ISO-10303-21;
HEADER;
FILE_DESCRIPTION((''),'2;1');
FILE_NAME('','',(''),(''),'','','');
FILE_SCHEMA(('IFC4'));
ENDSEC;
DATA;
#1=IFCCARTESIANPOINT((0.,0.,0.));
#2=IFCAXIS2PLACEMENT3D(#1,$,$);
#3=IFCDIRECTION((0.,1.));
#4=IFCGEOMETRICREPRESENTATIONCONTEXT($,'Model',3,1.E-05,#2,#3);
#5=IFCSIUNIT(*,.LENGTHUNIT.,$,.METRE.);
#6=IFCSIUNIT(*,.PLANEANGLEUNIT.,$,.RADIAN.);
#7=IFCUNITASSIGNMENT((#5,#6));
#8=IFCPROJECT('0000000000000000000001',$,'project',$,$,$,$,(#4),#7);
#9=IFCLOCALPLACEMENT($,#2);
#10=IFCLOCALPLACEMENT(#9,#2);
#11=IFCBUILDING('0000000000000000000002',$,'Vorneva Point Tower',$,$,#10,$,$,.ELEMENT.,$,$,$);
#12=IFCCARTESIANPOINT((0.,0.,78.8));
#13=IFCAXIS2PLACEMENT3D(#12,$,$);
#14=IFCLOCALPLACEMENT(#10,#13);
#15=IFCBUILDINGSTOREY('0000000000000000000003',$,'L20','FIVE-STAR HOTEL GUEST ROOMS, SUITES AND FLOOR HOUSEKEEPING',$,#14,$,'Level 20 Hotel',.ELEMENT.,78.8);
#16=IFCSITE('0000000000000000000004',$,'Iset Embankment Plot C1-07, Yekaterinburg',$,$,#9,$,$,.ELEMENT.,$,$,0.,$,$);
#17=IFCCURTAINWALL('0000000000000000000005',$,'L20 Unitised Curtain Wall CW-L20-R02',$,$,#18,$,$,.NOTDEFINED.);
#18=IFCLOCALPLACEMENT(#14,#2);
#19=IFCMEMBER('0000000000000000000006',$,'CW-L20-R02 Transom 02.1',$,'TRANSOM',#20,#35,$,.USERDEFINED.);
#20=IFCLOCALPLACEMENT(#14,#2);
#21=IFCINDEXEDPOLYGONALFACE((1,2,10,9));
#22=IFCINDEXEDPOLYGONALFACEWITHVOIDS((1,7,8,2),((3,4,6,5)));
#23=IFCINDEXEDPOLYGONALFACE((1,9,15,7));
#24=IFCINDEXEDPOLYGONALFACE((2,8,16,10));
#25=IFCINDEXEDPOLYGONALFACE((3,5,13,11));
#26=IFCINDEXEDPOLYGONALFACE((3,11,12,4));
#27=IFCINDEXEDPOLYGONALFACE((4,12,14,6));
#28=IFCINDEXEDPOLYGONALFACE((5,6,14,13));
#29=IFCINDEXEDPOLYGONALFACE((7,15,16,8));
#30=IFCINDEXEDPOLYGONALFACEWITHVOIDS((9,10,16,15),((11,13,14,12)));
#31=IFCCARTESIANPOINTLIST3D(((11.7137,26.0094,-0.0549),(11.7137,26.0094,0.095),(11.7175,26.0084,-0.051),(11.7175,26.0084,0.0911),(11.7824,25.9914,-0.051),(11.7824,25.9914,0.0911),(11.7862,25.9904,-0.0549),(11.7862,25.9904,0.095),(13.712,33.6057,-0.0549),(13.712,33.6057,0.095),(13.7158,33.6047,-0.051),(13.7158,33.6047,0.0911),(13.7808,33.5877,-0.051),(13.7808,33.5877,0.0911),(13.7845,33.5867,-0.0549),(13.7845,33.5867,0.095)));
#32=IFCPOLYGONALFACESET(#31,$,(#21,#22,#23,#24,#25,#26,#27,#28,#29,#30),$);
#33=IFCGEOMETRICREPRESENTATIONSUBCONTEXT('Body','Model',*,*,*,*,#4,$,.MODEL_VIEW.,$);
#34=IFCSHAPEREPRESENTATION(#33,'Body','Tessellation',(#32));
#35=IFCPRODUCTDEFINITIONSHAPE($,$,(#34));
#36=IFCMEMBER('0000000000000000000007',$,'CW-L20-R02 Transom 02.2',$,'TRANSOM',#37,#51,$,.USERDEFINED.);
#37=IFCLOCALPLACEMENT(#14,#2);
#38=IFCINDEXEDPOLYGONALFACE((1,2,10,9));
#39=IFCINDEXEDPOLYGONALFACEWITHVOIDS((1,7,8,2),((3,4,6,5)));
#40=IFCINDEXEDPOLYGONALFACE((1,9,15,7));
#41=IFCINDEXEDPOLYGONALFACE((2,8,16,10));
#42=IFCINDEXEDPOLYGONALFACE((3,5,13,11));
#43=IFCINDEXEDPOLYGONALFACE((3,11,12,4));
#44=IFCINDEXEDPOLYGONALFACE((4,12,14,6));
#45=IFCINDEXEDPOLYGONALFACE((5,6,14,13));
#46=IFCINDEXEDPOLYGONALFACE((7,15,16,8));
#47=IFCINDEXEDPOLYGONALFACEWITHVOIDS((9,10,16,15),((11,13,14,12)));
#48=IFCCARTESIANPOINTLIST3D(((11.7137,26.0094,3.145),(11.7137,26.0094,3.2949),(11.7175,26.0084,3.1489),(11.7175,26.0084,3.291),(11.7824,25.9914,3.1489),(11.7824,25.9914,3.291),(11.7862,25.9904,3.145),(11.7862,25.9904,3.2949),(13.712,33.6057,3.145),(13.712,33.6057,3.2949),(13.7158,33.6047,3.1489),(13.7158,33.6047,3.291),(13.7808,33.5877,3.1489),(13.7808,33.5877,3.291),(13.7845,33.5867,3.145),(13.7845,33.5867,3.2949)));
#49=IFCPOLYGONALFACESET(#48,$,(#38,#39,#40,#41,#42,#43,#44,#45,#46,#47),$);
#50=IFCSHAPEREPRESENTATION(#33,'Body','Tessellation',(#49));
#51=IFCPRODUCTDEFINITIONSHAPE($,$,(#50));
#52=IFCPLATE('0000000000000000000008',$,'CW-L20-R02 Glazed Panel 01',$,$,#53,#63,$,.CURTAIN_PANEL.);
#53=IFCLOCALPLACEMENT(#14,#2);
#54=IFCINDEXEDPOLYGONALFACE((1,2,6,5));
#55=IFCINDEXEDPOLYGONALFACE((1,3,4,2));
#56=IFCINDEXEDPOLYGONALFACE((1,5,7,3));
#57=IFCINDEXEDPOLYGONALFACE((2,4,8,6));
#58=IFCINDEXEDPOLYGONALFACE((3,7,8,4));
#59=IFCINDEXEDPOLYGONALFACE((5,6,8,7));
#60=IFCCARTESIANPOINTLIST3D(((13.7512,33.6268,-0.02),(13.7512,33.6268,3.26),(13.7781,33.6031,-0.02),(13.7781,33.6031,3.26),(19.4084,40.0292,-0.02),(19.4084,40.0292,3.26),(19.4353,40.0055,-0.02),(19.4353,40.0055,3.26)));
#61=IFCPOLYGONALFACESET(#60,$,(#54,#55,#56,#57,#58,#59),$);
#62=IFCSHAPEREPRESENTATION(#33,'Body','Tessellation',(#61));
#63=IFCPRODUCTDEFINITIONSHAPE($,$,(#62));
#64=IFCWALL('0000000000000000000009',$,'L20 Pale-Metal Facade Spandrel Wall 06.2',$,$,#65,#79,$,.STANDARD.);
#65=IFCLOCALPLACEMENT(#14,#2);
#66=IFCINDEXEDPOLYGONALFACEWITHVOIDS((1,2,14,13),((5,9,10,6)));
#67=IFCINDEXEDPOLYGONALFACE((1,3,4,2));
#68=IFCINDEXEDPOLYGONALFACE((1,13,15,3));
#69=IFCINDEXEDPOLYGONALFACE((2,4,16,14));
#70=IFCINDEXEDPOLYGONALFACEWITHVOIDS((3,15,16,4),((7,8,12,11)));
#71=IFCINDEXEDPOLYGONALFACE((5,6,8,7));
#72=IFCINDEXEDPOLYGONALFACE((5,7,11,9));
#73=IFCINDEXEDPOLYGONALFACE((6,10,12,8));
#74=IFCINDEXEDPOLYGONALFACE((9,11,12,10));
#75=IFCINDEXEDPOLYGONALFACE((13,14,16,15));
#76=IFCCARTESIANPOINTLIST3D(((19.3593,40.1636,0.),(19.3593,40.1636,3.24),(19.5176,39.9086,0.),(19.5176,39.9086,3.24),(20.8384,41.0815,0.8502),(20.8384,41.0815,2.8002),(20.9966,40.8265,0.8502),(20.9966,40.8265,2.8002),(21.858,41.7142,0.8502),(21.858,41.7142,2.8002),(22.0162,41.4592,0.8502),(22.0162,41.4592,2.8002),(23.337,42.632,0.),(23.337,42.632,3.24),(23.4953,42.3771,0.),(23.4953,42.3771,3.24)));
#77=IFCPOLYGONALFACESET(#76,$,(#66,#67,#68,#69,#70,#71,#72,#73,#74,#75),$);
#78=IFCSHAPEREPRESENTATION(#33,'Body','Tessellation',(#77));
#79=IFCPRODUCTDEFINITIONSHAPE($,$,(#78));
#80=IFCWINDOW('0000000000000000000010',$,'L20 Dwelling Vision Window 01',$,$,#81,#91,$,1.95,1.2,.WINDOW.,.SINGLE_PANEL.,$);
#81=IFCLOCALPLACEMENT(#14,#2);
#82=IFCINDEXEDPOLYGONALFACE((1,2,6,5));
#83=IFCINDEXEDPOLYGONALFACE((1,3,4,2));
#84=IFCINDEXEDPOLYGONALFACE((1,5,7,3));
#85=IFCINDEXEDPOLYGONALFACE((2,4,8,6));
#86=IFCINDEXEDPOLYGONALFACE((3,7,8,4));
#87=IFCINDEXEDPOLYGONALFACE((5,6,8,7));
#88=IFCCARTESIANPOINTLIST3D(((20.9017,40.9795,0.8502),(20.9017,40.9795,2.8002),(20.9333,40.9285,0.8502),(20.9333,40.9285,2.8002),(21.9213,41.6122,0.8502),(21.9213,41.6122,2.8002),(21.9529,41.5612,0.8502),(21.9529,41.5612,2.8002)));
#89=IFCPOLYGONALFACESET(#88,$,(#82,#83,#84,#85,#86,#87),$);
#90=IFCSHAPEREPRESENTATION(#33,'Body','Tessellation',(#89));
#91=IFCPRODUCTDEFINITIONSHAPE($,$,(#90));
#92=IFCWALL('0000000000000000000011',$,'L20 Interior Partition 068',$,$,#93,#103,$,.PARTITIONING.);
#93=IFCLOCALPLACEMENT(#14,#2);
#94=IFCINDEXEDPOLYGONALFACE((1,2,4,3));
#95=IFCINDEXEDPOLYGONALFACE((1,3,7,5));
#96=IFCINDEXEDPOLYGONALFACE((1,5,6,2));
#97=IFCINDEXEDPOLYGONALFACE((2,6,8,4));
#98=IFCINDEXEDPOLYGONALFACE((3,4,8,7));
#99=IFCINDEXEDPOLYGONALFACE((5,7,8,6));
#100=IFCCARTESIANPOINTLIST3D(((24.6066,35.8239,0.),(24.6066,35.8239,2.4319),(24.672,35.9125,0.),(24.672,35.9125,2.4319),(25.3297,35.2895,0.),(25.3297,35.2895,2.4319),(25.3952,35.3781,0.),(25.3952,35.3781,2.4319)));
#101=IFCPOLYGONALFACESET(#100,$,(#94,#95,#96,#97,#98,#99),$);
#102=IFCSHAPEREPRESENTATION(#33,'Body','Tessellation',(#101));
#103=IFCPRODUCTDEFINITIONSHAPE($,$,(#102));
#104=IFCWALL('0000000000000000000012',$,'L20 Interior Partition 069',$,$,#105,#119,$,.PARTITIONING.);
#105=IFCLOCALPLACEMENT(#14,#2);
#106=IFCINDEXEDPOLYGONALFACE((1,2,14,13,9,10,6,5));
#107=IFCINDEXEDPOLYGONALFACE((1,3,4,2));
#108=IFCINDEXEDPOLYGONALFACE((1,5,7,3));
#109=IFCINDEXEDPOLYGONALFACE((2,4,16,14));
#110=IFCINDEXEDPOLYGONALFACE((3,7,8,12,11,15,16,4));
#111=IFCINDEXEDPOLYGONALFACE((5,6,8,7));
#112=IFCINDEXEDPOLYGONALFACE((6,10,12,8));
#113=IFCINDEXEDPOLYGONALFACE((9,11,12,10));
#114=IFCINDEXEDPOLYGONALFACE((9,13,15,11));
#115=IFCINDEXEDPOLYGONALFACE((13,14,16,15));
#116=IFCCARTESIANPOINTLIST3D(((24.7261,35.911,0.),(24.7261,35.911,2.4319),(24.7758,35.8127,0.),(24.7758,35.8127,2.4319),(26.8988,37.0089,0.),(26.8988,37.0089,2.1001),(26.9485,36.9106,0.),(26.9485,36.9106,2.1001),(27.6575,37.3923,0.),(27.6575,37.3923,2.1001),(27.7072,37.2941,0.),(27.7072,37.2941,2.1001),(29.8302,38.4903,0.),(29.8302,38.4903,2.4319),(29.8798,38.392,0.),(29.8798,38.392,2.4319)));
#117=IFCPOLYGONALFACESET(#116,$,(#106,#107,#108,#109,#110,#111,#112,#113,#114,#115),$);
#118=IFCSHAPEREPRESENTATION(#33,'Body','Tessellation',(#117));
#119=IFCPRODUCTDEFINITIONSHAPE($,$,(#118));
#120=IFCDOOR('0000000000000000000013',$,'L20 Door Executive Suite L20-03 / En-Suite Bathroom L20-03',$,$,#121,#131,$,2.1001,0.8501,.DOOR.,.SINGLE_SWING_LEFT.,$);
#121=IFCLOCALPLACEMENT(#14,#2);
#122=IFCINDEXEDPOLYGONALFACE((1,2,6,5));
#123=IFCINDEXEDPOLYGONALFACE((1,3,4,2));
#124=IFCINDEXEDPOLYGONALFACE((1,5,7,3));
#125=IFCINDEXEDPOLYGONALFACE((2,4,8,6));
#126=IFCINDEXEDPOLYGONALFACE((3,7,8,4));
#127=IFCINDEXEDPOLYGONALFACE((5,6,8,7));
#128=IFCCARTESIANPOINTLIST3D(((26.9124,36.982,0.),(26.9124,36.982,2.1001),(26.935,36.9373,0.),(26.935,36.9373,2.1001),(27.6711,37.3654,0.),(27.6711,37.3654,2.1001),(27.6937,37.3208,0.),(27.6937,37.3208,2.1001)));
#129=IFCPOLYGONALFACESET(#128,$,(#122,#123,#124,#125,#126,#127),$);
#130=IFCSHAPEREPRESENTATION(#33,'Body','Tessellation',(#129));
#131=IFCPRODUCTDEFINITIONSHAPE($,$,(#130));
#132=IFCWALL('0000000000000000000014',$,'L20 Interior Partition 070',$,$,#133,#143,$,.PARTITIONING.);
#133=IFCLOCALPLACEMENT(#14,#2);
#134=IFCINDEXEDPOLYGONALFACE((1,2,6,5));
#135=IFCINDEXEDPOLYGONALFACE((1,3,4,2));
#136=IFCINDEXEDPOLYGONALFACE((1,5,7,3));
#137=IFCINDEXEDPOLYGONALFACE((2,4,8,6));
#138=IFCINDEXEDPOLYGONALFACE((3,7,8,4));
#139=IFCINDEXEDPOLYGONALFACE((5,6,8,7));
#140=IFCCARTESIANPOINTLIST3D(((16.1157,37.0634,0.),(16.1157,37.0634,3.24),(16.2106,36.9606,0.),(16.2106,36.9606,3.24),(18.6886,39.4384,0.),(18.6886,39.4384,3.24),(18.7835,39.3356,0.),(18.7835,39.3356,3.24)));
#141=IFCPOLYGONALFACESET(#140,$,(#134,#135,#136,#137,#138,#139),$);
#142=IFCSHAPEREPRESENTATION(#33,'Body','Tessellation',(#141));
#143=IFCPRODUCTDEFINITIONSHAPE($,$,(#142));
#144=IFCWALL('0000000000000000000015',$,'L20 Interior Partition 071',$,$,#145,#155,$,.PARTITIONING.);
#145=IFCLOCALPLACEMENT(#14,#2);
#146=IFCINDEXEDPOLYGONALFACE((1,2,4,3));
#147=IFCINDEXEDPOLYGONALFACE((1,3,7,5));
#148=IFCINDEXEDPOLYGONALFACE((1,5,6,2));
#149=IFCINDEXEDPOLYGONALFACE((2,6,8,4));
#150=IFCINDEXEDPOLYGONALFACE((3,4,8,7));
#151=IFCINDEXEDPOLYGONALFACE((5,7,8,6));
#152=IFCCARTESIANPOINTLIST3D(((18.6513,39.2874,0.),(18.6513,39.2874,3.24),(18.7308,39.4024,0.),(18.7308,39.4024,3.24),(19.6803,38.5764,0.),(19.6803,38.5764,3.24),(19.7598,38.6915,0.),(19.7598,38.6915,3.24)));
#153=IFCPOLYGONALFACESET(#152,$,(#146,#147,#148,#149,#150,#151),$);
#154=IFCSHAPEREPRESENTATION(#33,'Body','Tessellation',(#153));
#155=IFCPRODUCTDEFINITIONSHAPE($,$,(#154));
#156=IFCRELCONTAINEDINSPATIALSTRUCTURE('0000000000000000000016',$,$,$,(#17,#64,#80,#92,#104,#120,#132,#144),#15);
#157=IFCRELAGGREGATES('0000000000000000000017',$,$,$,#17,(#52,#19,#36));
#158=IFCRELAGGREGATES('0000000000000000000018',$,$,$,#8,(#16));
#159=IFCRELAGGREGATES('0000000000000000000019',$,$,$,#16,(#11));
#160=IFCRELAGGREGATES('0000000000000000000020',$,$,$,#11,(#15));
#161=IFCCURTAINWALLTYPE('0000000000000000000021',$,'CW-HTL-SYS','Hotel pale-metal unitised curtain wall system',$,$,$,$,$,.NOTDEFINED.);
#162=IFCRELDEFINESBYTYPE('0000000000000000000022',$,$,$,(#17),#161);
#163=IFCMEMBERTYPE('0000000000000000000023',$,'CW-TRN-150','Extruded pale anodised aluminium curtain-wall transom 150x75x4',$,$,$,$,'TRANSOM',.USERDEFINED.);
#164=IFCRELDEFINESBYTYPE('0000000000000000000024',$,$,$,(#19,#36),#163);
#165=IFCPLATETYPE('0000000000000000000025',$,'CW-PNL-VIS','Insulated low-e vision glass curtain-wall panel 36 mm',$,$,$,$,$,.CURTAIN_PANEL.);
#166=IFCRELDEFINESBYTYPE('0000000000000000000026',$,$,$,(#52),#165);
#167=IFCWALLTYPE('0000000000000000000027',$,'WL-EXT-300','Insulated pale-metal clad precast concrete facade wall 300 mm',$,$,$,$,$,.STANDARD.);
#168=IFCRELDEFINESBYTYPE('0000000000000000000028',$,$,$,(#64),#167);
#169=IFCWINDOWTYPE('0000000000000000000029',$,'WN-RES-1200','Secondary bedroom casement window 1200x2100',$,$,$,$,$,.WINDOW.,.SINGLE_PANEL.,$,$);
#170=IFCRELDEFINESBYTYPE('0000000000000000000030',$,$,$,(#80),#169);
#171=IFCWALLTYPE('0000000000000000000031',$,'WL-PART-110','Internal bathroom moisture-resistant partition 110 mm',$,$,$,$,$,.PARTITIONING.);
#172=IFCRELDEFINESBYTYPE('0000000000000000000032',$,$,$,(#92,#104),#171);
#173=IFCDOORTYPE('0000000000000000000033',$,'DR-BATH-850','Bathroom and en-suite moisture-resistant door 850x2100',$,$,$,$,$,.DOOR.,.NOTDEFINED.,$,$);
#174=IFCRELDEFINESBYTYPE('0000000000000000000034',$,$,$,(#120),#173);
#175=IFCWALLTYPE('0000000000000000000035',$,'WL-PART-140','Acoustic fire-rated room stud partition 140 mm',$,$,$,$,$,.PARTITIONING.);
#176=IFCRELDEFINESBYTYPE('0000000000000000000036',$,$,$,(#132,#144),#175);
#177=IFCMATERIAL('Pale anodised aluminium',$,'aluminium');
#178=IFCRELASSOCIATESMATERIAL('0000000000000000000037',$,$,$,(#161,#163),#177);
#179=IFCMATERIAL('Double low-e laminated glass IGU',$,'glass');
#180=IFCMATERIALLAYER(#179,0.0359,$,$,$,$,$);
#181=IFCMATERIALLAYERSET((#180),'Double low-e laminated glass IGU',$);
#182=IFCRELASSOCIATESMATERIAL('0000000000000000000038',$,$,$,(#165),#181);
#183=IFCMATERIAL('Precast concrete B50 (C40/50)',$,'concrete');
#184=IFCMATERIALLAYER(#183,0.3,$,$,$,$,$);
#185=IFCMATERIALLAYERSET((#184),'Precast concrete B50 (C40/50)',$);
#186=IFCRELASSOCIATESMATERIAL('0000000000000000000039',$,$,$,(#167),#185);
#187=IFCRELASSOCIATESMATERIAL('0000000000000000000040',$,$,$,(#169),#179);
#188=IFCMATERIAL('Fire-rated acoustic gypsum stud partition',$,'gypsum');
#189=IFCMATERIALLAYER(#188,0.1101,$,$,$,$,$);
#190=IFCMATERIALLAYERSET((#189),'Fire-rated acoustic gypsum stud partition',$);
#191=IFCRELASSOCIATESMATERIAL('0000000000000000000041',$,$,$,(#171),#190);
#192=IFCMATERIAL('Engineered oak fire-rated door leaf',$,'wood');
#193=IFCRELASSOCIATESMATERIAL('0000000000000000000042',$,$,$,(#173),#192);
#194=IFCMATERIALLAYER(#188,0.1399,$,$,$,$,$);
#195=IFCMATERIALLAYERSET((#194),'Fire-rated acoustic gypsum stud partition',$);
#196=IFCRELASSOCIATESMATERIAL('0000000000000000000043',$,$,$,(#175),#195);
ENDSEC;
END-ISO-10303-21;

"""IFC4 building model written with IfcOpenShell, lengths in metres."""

from ifc_helpers import new_model, si_unit, direction, frame, frame_2d, origin, origin_2d, place, context, subcontext, project, spatial, rectangle, hollow_rectangle, extrude, material, layer, layer_set, material_profile, profile_set, type_object, element, fill, aggregate, save


model = new_model("IFC4")

# Units and contexts
model_context = context("Model", 3, precision=1e-05, world=origin(), true_north=direction((0.0, 1.0)))
body_context = subcontext(model_context, "Body", "Model", "MODEL_VIEW")
ifc_project = project(units=[si_unit("LENGTHUNIT", "METRE"), si_unit("PLANEANGLEUNIT", "RADIAN")], contexts=[model_context])

# Site, building, storey
site_placement = place(None, origin())
site = spatial("IfcSite", under=ifc_project, at=site_placement, Name="Iset Embankment Plot C1-07, Yekaterinburg", CompositionType="ELEMENT", RefElevation=0.0)
building_placement = place(site_placement, origin())
building = spatial("IfcBuilding", under=site, at=building_placement, Name="Vorneva Point Tower", CompositionType="ELEMENT")
storey_placement = place(building_placement, frame((0.0, 0.0, 78.8)))
storey = spatial("IfcBuildingStorey", under=building, at=storey_placement, Name="L20", Description="FIVE-STAR HOTEL GUEST ROOMS, SUITES AND FLOOR HOUSEKEEPING", LongName="Level 20 Hotel", CompositionType="ELEMENT", Elevation=78.8)

# Curtain wall, members, plate
ifc_material_1 = material(Name="Pale anodised aluminium", Category="aluminium")
curtain_wall_type = type_object("IfcCurtainWallType", Name="CW-HTL-SYS", Description="Hotel pale-metal unitised curtain wall system", PredefinedType="NOTDEFINED", material=ifc_material_1)
curtain_wall_placement = place(storey_placement, origin())
curtain_wall = element("IfcCurtainWall", 1, at=curtain_wall_placement, inside=storey, type_object=curtain_wall_type, Name="L20 Unitised Curtain Wall CW-L20-R02", PredefinedType="NOTDEFINED")
ifc_material_profile_1 = material_profile(ifc_material_1, hollow_rectangle(XDim=0.075, YDim=0.1499, WallThickness=0.0039, at=origin_2d()), Name="AL-TRN 150x75x4")
ifc_profile_set_1 = profile_set([ifc_material_profile_1], Name="Pale anodised aluminium")
member_type_1 = type_object("IfcMemberType", Name="CW-TRN-150", Description="Extruded pale anodised aluminium curtain-wall transom 150x75x4", ElementType="TRANSOM", PredefinedType="USERDEFINED", material=ifc_profile_set_1)
member_1_placement = place(storey_placement, frame((13.7483, 33.5962, 0.02), z_axis=(-0.254409, -0.967097, 0.0), x_axis=(0.967097, -0.254409, 0.0)))
member_1 = element("IfcMember", 2, at=member_1_placement, type_object=member_type_1, Name="CW-L20-R02 Transom 02.1", ObjectType="TRANSOM", PredefinedType="USERDEFINED", context=body_context, shape_type="SweptSolid", body=[
    extrude(hollow_rectangle(XDim=0.075, YDim=0.1499, WallThickness=0.0039, at=origin_2d()), origin(), (0.0, 0.0, 1.0), 7.8547),
])
member_2_placement = place(storey_placement, frame((13.7483, 33.5962, 3.22), z_axis=(-0.254409, -0.967097, 0.0), x_axis=(0.967097, -0.254409, 0.0)))
member_2 = element("IfcMember", 3, at=member_2_placement, type_object=member_type_1, Name="CW-L20-R02 Transom 02.2", ObjectType="TRANSOM", PredefinedType="USERDEFINED", context=body_context, shape_type="SweptSolid", body=[
    extrude(hollow_rectangle(XDim=0.075, YDim=0.1499, WallThickness=0.0039, at=origin_2d()), origin(), (0.0, 0.0, 1.0), 7.8547),
])
ifc_material_2 = material(Name="Double low-e laminated glass IGU", Category="glass")
ifc_layer_1 = layer(ifc_material_2, 0.0359)
ifc_layer_set_1 = layer_set([ifc_layer_1], Name="Double low-e laminated glass IGU")
plate_type = type_object("IfcPlateType", Name="CW-PNL-VIS", Description="Insulated low-e vision glass curtain-wall panel 36 mm", PredefinedType="CURTAIN_PANEL", material=ifc_layer_set_1)
plate_placement = place(storey_placement, frame((16.5933, 36.8162, -0.02), z_axis=(0.0, 0.0, 1.0), x_axis=(-0.662149, -0.749372, 0.0)))
plate = element("IfcPlate", 4, at=plate_placement, type_object=plate_type, Name="CW-L20-R02 Glazed Panel 01", PredefinedType="CURTAIN_PANEL", context=body_context, shape_type="SweptSolid", body=[
    extrude(rectangle(XDim=8.5437, YDim=0.0359, at=origin_2d()), origin(), (0.0, 0.0, 1.0), 3.28),
])
aggregate(curtain_wall, [plate, member_1, member_2])

# Wall, opening, window
ifc_material_3 = material(Name="Precast concrete B50 (C40/50)", Category="concrete")
ifc_layer_2 = layer(ifc_material_3, 0.3)
ifc_layer_set_2 = layer_set([ifc_layer_2], Name="Precast concrete B50 (C40/50)")
wall_type_1 = type_object("IfcWallType", Name="WL-EXT-300", Description="Insulated pale-metal clad precast concrete facade wall 300 mm", PredefinedType="STANDARD", material=ifc_layer_set_2)
wall_1_placement = place(storey_placement, frame((23.4163, 42.5046, 0.0), z_axis=(0.0, 0.0, 1.0), x_axis=(-0.849684, -0.527291, 0.0)))
wall_1 = element("IfcWall", 5, at=wall_1_placement, inside=storey, type_object=wall_type_1, Name="L20 Pale-Metal Facade Spandrel Wall 06.2", PredefinedType="STANDARD", context=body_context, shape_type="SweptSolid", body=[
    extrude(rectangle(XDim=4.6814, YDim=0.3, at=frame_2d((2.3408, 0.0))), origin(), (0.0, 0.0, 1.0), 3.24),
])
opening_1_placement = place(wall_1_placement, frame((1.7407, 0.0, 0.8501)))
opening_1 = element("IfcOpeningElement", 6, at=opening_1_placement, cuts=wall_1, PredefinedType="OPENING", context=body_context, shape_type="SweptSolid", body=[
    extrude(rectangle(XDim=1.2, YDim=1.95, at=frame_2d((0.6001, 0.9751))), frame((0.0, 0.165, 0.0), z_axis=(0.0, -1.0, 0.0), x_axis=(1.0, 0.0, 0.0)), (0.0, 0.0, 1.0), 0.3298),
])
window_type = type_object("IfcWindowType", Name="WN-RES-1200", Description="Secondary bedroom casement window 1200x2100", PartitioningType="SINGLE_PANEL", PredefinedType="WINDOW", material=ifc_material_2)
window_placement = place(opening_1_placement, origin())
window = element("IfcWindow", 7, at=window_placement, inside=storey, type_object=window_type, Name="L20 Dwelling Vision Window 01", OverallHeight=1.95, OverallWidth=1.2, PartitioningType="SINGLE_PANEL", PredefinedType="WINDOW", context=body_context, shape_type="SweptSolid", body=[
    extrude(rectangle(XDim=1.2, YDim=1.95, at=frame_2d((0.6001, 0.9751))), frame((0.0, 0.03, 0.0), z_axis=(0.0, -1.0, 0.0), x_axis=(1.0, 0.0, 0.0)), (0.0, 0.0, 1.0), 0.0601),
])
fill(opening_1, window)

# Wall
ifc_material_4 = material(Name="Fire-rated acoustic gypsum stud partition", Category="gypsum")
ifc_layer_3 = layer(ifc_material_4, 0.1101)
ifc_layer_set_3 = layer_set([ifc_layer_3], Name="Fire-rated acoustic gypsum stud partition")
wall_type_2 = type_object("IfcWallType", Name="WL-PART-110", Description="Internal bathroom moisture-resistant partition 110 mm", PredefinedType="PARTITIONING", material=ifc_layer_set_3)
wall_2_placement = place(storey_placement, frame((25.3625, 35.3337, 0.0), z_axis=(0.0, 0.0, 1.0), x_axis=(-0.804216, 0.594338, 0.0)))
element("IfcWall", 8, at=wall_2_placement, inside=storey, type_object=wall_type_2, Name="L20 Interior Partition 068", PredefinedType="PARTITIONING", context=body_context, shape_type="SweptSolid", body=[
    extrude(rectangle(XDim=0.8992, YDim=0.1101, at=frame_2d((0.4497, 0.0))), origin(), (0.0, 0.0, 1.0), 2.4319),
])

# Wall, opening, door
wall_3_placement = place(storey_placement, frame((24.751, 35.8618, 0.0), z_axis=(0.0, 0.0, 1.0), x_axis=(0.892506, 0.451035, 0.0)))
wall_3 = element("IfcWall", 9, at=wall_3_placement, inside=storey, type_object=wall_type_2, Name="L20 Interior Partition 069", PredefinedType="PARTITIONING", context=body_context, shape_type="SweptSolid", body=[
    extrude(rectangle(XDim=5.7188, YDim=0.1101, at=frame_2d((2.8594, 0.0))), origin(), (0.0, 0.0, 1.0), 2.4319),
])
opening_2_placement = place(wall_3_placement, frame((2.4343, 0.0, 0.0)))
opening_2 = element("IfcOpeningElement", 10, at=opening_2_placement, cuts=wall_3, PredefinedType="OPENING", context=body_context, shape_type="SweptSolid", body=[
    extrude(rectangle(XDim=0.8501, YDim=2.1001, at=frame_2d((0.425, 1.05))), frame((0.0, 0.0698, 0.0), z_axis=(0.0, -1.0, 0.0), x_axis=(1.0, 0.0, 0.0)), (0.0, 0.0, 1.0), 0.1399),
])
ifc_material_5 = material(Name="Engineered oak fire-rated door leaf", Category="wood")
door_type_1 = type_object("IfcDoorType", Name="DR-BATH-850", Description="Bathroom and en-suite moisture-resistant door 850x2100", OperationType="NOTDEFINED", PredefinedType="DOOR", material=ifc_material_5)
door_1_placement = place(opening_2_placement, origin())
door_1 = element("IfcDoor", 11, at=door_1_placement, inside=storey, type_object=door_type_1, Name="L20 Door Executive Suite L20-03 / En-Suite Bathroom L20-03", OperationType="SINGLE_SWING_LEFT", OverallHeight=2.1001, OverallWidth=0.8501, PredefinedType="DOOR", context=body_context, shape_type="SweptSolid", body=[
    extrude(rectangle(XDim=0.8501, YDim=2.1001, at=frame_2d((0.425, 1.05))), frame((0.0, 0.0249, 0.0), z_axis=(0.0, -1.0, 0.0), x_axis=(1.0, 0.0, 0.0)), (0.0, 0.0, 1.0), 0.05),
])
fill(opening_2, door_1)

# Walls
ifc_layer_4 = layer(ifc_material_4, 0.1399)
ifc_layer_set_4 = layer_set([ifc_layer_4], Name="Fire-rated acoustic gypsum stud partition")
wall_type_3 = type_object("IfcWallType", Name="WL-PART-140", Description="Acoustic fire-rated room stud partition 140 mm", PredefinedType="PARTITIONING", material=ifc_layer_set_4)
wall_4_placement = place(storey_placement, frame((18.7361, 39.387, 0.0), z_axis=(0.0, 0.0, 1.0), x_axis=(-0.734814, -0.678269, 0.0)))
element("IfcWall", 12, at=wall_4_placement, inside=storey, type_object=wall_type_3, Name="L20 Interior Partition 070", PredefinedType="PARTITIONING", context=body_context, shape_type="SweptSolid", body=[
    extrude(rectangle(XDim=3.5015, YDim=0.1399, at=frame_2d((1.7507, 0.0))), origin(), (0.0, 0.0, 1.0), 3.24),
])
wall_5_placement = place(storey_placement, frame((18.6909, 39.345, 0.0), z_axis=(0.0, 0.0, 1.0), x_axis=(0.822747, -0.568408, 0.0)))
element("IfcWall", 13, at=wall_5_placement, inside=storey, type_object=wall_type_3, Name="L20 Interior Partition 071", PredefinedType="PARTITIONING", context=body_context, shape_type="SweptSolid", body=[
    extrude(rectangle(XDim=1.2507, YDim=0.1399, at=frame_2d((0.6255, 0.0))), origin(), (0.0, 0.0, 1.0), 3.24),
])

save(model, "model.ifc")
